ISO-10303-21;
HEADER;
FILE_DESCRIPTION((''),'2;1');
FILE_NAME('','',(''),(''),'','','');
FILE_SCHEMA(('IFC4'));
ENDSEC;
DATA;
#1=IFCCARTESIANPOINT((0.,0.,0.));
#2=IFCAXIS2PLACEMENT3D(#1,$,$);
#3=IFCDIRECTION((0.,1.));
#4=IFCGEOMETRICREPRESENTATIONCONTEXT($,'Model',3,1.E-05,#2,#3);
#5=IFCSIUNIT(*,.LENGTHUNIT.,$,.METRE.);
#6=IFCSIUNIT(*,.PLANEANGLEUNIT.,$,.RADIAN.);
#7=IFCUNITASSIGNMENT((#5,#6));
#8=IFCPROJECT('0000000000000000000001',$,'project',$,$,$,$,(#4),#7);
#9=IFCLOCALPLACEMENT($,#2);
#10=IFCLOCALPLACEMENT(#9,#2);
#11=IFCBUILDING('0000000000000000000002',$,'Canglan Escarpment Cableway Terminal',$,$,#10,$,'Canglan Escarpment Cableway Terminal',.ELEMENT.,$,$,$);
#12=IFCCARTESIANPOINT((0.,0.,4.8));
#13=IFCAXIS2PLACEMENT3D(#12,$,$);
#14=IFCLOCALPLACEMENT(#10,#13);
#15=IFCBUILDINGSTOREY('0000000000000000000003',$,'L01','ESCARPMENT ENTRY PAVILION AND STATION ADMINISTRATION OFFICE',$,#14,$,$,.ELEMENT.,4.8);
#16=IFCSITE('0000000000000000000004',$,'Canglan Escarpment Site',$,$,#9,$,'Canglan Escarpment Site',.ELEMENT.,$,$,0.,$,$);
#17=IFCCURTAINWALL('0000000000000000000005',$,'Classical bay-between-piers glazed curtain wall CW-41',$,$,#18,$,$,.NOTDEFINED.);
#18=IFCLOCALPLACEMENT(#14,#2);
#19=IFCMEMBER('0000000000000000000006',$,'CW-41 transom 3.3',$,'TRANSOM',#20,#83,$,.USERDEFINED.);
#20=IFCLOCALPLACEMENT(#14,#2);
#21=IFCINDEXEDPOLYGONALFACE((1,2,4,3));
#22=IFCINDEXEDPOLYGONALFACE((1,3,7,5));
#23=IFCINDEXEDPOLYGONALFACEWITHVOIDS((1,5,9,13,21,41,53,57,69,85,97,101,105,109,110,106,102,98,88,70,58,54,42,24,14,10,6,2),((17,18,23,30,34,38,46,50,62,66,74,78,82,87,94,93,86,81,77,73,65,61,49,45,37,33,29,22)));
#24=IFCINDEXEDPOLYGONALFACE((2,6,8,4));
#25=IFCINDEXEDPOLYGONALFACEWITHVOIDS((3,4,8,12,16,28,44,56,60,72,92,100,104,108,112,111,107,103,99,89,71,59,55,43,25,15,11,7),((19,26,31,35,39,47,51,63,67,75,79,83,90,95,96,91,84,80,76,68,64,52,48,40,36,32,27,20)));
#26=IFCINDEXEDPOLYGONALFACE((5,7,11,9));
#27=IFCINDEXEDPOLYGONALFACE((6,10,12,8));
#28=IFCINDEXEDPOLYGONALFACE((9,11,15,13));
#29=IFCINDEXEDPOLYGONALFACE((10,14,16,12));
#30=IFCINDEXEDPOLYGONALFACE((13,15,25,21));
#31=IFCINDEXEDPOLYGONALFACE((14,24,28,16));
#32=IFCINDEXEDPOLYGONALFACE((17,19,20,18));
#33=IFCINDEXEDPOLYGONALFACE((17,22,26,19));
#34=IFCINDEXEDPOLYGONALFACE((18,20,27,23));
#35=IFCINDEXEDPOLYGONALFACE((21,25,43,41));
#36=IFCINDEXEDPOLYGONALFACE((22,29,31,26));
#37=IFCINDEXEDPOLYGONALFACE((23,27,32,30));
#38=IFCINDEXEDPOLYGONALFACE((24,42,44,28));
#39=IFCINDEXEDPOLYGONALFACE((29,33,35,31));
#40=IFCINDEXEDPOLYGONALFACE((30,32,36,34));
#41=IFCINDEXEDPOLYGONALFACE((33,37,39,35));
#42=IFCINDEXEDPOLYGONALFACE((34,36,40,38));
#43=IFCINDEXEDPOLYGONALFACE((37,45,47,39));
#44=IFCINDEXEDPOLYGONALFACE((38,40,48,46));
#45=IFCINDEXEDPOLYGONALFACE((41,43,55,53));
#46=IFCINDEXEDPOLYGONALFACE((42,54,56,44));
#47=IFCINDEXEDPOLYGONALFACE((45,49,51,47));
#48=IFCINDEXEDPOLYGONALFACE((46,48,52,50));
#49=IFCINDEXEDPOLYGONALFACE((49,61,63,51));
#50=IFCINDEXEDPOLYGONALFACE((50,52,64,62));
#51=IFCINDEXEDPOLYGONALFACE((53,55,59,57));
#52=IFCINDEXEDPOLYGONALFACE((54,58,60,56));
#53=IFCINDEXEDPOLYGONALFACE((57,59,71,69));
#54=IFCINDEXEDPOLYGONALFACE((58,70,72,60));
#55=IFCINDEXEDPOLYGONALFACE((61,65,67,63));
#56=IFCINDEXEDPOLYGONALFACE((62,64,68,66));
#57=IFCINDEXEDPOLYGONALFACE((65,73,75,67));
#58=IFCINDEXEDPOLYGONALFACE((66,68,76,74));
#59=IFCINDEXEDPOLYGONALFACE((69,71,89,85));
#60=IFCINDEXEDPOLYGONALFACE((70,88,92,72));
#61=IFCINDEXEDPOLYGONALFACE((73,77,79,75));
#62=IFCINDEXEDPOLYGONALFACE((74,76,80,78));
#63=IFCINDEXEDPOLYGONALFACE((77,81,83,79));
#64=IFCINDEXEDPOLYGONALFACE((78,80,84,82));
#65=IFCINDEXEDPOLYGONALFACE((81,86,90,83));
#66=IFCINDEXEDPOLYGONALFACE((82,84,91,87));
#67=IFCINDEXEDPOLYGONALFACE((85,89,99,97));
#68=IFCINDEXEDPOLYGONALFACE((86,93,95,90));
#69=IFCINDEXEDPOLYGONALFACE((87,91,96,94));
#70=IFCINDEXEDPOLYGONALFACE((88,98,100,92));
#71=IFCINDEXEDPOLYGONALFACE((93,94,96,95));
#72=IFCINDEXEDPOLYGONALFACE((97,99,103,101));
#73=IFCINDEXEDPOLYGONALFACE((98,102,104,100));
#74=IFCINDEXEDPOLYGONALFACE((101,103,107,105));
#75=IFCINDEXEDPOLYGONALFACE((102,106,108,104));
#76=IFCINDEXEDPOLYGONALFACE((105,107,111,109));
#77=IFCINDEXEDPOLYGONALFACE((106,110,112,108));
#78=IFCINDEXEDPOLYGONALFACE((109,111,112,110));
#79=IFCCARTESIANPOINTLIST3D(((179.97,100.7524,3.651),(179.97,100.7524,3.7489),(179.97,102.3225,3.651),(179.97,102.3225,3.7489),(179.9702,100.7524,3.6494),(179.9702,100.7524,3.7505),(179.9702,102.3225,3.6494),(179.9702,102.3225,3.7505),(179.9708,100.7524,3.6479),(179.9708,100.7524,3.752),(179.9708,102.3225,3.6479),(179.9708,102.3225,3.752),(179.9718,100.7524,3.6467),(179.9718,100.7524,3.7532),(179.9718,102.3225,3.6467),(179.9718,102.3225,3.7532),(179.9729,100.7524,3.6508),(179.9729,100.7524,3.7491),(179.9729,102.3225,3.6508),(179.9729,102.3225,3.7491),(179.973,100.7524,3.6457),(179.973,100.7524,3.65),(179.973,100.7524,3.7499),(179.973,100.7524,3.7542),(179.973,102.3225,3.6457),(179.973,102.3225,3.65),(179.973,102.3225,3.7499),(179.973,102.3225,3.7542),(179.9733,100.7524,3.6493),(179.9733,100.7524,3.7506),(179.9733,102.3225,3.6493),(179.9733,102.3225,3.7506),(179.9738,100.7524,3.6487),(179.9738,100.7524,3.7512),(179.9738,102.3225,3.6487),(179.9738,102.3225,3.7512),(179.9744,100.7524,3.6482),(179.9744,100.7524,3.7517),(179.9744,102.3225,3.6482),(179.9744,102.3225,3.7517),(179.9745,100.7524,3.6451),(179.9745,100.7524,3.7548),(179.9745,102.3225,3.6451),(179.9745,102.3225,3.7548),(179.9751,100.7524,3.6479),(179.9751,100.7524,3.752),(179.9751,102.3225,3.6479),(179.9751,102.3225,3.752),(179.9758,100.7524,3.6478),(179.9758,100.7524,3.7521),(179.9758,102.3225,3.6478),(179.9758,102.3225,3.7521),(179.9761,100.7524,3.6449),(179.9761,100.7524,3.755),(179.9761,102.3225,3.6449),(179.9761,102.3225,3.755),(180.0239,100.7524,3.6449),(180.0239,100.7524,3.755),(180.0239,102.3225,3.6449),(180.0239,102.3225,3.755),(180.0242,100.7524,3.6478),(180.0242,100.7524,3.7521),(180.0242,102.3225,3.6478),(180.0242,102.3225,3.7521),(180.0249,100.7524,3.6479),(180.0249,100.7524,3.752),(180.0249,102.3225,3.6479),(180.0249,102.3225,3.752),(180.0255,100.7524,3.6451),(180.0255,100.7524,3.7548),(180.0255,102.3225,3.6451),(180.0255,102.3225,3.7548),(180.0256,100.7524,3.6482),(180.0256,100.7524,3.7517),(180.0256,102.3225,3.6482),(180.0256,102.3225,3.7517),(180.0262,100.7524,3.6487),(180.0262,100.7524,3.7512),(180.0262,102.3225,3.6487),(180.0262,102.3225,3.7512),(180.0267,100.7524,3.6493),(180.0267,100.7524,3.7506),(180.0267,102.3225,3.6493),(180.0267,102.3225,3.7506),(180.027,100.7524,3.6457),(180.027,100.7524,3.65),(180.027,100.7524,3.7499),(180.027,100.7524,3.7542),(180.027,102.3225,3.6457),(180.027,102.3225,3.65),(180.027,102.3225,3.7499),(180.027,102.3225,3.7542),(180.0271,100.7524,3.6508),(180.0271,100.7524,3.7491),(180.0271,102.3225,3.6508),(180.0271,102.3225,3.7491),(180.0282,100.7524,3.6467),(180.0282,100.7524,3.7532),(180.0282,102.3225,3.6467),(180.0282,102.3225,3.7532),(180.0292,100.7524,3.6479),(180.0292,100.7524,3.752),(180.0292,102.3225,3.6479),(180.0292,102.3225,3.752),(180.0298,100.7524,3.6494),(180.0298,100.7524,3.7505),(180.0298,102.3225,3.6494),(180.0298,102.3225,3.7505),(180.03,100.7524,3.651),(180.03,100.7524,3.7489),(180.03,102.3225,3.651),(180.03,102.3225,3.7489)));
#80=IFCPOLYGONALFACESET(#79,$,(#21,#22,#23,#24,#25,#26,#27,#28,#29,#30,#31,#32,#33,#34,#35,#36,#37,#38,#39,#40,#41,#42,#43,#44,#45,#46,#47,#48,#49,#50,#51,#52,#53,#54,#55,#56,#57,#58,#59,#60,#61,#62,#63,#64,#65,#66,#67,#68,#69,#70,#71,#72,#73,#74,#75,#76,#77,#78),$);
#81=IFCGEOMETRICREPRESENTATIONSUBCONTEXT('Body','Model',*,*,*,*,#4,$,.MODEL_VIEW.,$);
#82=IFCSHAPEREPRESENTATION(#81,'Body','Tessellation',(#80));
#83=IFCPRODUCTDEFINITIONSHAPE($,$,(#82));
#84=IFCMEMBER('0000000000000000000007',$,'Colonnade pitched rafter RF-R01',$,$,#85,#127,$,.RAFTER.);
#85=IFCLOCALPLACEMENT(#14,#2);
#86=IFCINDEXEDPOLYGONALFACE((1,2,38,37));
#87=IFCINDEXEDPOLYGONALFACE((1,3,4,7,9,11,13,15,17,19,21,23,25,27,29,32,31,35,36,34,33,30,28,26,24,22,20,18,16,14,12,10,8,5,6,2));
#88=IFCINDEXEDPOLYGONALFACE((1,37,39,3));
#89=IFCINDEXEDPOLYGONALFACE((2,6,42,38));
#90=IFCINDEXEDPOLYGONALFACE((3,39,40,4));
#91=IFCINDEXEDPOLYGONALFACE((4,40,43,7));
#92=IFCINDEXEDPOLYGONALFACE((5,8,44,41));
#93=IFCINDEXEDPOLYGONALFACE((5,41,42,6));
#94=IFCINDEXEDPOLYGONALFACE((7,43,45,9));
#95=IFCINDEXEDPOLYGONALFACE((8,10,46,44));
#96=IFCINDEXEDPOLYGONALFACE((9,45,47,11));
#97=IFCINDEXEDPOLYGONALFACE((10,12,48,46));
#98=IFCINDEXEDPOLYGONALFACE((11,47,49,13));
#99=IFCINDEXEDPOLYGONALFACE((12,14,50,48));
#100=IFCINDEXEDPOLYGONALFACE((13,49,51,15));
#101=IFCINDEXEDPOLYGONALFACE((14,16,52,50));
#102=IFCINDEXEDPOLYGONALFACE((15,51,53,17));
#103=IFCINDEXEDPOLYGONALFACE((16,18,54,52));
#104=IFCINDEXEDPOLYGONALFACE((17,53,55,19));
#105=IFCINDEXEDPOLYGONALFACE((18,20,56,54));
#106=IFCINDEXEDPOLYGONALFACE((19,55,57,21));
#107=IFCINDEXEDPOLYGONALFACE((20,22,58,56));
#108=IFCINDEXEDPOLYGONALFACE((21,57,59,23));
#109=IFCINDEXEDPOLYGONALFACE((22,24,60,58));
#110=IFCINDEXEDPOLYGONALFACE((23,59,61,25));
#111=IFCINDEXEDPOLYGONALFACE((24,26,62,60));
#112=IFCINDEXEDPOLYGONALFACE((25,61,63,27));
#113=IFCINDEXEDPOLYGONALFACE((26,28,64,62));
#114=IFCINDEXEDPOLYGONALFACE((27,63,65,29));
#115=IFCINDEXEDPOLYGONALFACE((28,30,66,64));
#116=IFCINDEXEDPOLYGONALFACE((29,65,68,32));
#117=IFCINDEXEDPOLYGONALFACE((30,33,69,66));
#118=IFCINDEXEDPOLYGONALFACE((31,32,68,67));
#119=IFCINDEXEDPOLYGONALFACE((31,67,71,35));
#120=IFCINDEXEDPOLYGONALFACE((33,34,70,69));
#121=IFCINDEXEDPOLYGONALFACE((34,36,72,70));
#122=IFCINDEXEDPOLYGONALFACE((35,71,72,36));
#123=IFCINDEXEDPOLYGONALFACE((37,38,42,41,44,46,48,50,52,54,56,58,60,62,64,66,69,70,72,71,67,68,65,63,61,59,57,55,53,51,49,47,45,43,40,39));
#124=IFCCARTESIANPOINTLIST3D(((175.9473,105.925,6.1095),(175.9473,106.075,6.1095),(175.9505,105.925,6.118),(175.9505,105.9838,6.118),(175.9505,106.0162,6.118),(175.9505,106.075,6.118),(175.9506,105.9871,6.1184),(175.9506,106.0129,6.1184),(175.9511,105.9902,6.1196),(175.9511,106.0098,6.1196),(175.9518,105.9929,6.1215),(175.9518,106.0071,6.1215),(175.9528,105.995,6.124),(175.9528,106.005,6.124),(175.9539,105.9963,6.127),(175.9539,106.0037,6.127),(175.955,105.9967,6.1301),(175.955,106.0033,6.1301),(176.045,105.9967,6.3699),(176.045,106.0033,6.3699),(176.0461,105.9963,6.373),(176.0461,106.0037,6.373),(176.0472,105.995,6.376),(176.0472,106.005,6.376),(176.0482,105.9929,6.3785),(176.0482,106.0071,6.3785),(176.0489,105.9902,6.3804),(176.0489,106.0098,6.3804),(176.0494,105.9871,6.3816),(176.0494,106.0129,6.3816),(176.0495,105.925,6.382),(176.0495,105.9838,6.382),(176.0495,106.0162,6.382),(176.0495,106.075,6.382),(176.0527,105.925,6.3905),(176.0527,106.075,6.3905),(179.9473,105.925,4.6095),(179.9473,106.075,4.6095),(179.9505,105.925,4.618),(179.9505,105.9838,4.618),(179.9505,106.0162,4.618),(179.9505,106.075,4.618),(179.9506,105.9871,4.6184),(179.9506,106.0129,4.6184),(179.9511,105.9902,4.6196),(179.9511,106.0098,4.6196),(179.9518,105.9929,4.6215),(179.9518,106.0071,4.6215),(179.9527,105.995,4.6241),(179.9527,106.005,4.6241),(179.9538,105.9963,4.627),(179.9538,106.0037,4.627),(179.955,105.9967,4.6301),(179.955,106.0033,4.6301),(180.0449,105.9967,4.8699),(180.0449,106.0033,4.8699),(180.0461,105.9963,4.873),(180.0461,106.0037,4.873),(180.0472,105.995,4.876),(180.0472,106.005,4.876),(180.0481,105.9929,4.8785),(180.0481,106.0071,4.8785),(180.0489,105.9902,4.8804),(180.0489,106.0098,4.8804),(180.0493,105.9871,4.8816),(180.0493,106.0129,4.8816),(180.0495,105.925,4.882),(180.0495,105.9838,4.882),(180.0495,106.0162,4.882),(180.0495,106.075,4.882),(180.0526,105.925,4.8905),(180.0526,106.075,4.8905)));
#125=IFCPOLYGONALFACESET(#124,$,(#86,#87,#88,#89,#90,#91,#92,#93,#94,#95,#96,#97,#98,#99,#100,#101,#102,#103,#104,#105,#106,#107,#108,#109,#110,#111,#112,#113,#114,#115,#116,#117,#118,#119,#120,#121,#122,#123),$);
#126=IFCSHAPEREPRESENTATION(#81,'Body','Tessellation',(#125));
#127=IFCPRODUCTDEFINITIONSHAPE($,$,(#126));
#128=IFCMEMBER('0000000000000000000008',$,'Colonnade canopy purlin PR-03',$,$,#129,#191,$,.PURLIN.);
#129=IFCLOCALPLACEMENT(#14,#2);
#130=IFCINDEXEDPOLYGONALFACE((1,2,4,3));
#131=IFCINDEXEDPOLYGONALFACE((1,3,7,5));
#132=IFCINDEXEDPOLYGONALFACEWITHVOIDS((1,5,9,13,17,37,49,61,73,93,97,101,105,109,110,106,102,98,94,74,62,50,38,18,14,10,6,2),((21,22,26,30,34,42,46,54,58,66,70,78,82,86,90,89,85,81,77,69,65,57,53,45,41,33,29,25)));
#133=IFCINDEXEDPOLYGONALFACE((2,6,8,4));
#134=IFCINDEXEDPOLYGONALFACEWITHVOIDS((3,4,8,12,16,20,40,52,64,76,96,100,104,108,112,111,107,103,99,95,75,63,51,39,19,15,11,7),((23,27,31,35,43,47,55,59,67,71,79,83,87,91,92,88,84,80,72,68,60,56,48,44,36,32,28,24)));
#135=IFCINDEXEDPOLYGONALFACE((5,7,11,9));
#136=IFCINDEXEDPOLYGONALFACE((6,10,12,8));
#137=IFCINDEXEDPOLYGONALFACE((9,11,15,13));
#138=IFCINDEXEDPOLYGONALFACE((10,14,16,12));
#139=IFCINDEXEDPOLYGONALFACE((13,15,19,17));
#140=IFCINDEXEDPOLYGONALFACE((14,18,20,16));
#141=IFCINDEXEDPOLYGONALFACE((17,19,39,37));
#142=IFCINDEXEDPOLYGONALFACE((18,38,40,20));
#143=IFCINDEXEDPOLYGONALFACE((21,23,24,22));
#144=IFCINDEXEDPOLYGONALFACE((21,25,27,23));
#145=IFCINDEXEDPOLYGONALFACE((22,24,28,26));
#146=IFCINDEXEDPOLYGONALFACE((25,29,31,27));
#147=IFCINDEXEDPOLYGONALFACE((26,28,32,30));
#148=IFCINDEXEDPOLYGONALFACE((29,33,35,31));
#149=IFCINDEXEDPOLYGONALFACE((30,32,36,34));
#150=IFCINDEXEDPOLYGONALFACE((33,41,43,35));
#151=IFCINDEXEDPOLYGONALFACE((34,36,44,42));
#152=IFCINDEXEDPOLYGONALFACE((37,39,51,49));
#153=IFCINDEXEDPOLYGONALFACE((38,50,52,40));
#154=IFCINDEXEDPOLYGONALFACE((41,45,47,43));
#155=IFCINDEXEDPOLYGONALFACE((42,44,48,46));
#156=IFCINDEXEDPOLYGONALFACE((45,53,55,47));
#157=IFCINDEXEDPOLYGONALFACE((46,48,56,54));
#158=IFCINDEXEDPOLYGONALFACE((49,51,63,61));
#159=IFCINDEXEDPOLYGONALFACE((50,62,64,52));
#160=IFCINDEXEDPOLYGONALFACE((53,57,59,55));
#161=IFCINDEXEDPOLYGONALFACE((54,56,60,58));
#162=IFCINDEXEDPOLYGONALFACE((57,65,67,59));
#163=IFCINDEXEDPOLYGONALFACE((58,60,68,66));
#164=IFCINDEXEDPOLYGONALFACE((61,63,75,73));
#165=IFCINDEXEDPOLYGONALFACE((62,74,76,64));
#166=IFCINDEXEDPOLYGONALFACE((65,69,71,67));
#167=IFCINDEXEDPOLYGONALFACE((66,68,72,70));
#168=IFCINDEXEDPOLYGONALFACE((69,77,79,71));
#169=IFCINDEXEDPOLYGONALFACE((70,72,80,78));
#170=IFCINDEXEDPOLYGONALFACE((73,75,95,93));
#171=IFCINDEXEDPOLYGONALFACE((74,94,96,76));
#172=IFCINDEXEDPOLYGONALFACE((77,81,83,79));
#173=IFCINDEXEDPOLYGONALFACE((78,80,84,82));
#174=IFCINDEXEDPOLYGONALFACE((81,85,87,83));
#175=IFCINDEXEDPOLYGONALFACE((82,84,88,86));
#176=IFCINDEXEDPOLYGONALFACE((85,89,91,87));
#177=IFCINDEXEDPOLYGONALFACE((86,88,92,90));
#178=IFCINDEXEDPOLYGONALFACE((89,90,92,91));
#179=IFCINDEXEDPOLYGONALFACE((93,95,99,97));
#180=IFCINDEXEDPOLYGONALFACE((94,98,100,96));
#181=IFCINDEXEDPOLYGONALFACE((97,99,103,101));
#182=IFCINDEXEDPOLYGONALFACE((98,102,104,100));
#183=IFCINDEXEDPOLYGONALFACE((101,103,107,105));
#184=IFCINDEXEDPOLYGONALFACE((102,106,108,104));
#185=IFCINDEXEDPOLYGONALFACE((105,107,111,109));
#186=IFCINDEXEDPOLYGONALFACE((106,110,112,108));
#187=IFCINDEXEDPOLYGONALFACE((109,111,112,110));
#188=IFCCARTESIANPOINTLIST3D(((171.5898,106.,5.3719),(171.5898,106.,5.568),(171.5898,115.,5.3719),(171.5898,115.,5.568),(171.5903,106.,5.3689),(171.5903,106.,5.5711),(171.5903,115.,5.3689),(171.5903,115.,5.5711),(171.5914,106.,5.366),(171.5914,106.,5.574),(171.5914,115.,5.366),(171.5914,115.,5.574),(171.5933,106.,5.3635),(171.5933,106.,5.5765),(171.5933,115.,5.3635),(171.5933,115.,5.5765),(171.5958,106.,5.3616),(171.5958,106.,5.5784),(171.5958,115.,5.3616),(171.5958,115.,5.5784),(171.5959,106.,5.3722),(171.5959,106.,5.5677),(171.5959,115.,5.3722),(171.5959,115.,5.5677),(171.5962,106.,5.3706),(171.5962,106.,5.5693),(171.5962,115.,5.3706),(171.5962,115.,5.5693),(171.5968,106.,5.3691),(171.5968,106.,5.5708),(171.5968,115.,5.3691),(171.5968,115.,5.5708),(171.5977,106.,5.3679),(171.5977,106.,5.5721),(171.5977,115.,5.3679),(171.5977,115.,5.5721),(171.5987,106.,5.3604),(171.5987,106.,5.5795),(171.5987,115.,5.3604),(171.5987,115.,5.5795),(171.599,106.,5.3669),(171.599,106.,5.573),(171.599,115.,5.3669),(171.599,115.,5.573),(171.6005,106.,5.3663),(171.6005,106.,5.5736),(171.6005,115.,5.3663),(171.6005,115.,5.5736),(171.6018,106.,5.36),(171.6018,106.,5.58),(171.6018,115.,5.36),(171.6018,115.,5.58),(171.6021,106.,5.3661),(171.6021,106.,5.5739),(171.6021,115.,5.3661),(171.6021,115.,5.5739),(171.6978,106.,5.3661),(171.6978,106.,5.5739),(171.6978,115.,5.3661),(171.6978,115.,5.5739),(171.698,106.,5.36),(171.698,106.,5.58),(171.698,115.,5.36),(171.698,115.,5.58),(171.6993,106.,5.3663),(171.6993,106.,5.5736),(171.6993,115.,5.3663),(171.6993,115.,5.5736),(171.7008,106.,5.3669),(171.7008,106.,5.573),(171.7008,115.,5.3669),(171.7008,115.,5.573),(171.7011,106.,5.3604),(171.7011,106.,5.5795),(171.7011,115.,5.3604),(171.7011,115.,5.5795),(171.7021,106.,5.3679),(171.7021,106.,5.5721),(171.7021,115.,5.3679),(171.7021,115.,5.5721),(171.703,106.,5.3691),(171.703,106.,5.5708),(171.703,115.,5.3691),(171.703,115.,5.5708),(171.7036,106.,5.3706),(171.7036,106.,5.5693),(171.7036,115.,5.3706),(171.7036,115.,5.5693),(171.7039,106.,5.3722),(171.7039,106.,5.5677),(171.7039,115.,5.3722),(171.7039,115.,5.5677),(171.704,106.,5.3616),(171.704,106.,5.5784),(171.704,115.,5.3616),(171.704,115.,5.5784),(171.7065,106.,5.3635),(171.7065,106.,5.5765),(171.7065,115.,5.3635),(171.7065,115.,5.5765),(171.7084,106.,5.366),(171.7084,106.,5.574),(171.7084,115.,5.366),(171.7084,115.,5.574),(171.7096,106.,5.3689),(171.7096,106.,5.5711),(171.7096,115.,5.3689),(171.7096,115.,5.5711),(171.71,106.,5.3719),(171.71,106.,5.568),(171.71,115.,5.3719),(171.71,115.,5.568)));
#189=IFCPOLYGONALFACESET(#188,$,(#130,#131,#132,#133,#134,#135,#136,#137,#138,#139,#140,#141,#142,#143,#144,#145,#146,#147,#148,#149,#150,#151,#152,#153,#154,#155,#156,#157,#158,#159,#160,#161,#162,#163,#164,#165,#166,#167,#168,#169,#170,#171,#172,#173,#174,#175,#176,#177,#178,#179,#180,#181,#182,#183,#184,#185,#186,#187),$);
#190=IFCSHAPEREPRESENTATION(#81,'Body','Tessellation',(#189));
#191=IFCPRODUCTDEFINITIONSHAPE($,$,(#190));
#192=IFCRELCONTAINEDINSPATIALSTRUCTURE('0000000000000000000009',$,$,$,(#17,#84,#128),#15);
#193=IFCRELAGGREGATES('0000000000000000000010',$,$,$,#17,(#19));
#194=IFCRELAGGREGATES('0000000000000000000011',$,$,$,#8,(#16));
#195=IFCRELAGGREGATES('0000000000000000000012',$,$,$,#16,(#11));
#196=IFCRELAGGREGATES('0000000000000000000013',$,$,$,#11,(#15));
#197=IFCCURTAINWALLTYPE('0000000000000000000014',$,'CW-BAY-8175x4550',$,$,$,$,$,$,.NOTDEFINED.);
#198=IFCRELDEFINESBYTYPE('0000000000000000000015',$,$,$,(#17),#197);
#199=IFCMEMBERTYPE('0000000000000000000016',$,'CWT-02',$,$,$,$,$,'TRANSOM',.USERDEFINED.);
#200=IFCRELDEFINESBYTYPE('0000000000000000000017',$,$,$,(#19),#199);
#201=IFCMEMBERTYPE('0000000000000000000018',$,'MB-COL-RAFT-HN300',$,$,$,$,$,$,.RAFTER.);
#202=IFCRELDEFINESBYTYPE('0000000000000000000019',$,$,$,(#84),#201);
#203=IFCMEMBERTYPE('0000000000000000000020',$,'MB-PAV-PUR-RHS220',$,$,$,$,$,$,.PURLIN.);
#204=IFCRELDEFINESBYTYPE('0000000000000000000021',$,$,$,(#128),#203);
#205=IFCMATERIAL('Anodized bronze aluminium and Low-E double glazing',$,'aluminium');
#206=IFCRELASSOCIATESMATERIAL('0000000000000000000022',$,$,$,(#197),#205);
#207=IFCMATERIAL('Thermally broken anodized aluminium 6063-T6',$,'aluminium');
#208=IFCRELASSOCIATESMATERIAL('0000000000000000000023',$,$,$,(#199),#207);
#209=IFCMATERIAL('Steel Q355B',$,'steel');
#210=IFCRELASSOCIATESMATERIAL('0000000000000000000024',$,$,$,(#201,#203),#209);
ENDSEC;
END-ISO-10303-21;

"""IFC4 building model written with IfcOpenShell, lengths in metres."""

from ifc_helpers import new_model, si_unit, direction, frame, origin, origin_2d, place, context, subcontext, project, spatial, hollow_rectangle, i_section, extrude, material, material_profile, profile_set, type_object, element, aggregate, save


model = new_model("IFC4")

# Units and contexts
model_context = context("Model", 3, precision=1e-05, world=origin(), true_north=direction((0.0, 1.0)))
body_context = subcontext(model_context, "Body", "Model", "MODEL_VIEW")
ifc_project = project(units=[si_unit("LENGTHUNIT", "METRE"), si_unit("PLANEANGLEUNIT", "RADIAN")], contexts=[model_context])

# Site, building, storey
site_placement = place(None, origin())
site = spatial("IfcSite", under=ifc_project, at=site_placement, Name="Canglan Escarpment Site", LongName="Canglan Escarpment Site", CompositionType="ELEMENT", RefElevation=0.0)
building_placement = place(site_placement, origin())
building = spatial("IfcBuilding", under=site, at=building_placement, Name="Canglan Escarpment Cableway Terminal", LongName="Canglan Escarpment Cableway Terminal", CompositionType="ELEMENT")
storey_placement = place(building_placement, frame((0.0, 0.0, 4.8)))
storey = spatial("IfcBuildingStorey", under=building, at=storey_placement, Name="L01", Description="ESCARPMENT ENTRY PAVILION AND STATION ADMINISTRATION OFFICE", CompositionType="ELEMENT", Elevation=4.8)

# Curtain wall, member
ifc_material_1 = material(Name="Anodized bronze aluminium and Low-E double glazing", Category="aluminium")
curtain_wall_type = type_object("IfcCurtainWallType", Name="CW-BAY-8175x4550", PredefinedType="NOTDEFINED", material=ifc_material_1)
curtain_wall_placement = place(storey_placement, origin())
curtain_wall = element("IfcCurtainWall", 1, at=curtain_wall_placement, inside=storey, type_object=curtain_wall_type, Name="Classical bay-between-piers glazed curtain wall CW-41", PredefinedType="NOTDEFINED")
ifc_material_2 = material(Name="Thermally broken anodized aluminium 6063-T6", Category="aluminium")
ifc_material_profile_1 = material_profile(ifc_material_2, hollow_rectangle(XDim=0.0601, YDim=0.1101, WallThickness=0.0029, InnerFilletRadius=0.0029, OuterFilletRadius=0.0061, at=origin_2d()), Name="ALU-TRAN 60x110x3")
ifc_profile_set_1 = profile_set([ifc_material_profile_1], Name="Thermally broken anodized aluminium 6063-T6")
member_type_1 = type_object("IfcMemberType", Name="CWT-02", ElementType="TRANSOM", PredefinedType="USERDEFINED", material=ifc_profile_set_1)
member_1_placement = place(storey_placement, frame((180.0, 100.7524, 3.7), z_axis=(0.0, 1.0, 0.0), x_axis=(-1.0, 0.0, 0.0)))
member_1 = element("IfcMember", 2, at=member_1_placement, type_object=member_type_1, Name="CW-41 transom 3.3", ObjectType="TRANSOM", PredefinedType="USERDEFINED", context=body_context, shape_type="SweptSolid", body=[
    extrude(hollow_rectangle(XDim=0.0601, YDim=0.1101, WallThickness=0.0029, InnerFilletRadius=0.0029, OuterFilletRadius=0.0061, at=origin_2d()), origin(), (0.0, 0.0, 1.0), 1.5701),
])
aggregate(curtain_wall, [member_1])

# Members
ifc_material_3 = material(Name="Steel Q355B", Category="steel")
ifc_material_profile_2 = material_profile(ifc_material_3, i_section(OverallWidth=0.1499, OverallDepth=0.3, WebThickness=0.0066, FlangeThickness=0.009, FilletRadius=0.0129, at=origin_2d()), Name="HN 300x150x6.5x9")
ifc_profile_set_2 = profile_set([ifc_material_profile_2], Name="Steel Q355B")
member_type_2 = type_object("IfcMemberType", Name="MB-COL-RAFT-HN300", PredefinedType="RAFTER", material=ifc_profile_set_2)
member_2_placement = place(storey_placement, frame((176.0, 106.0, 6.25), z_axis=(0.936329, 0.0, -0.351123), x_axis=(0.0, 1.0, 0.0)))
element("IfcMember", 3, at=member_2_placement, inside=storey, type_object=member_type_2, Name="Colonnade pitched rafter RF-R01", PredefinedType="RAFTER", context=body_context, shape_type="SweptSolid", body=[
    extrude(i_section(OverallWidth=0.1499, OverallDepth=0.3, WebThickness=0.0066, FlangeThickness=0.009, FilletRadius=0.0129, at=origin_2d()), origin(), (0.0, 0.0, 1.0), 4.272),
])
ifc_material_profile_3 = material_profile(ifc_material_3, hollow_rectangle(XDim=0.1201, YDim=0.22, WallThickness=0.0061, InnerFilletRadius=0.0061, OuterFilletRadius=0.012, at=origin_2d()), Name="RHS 220x120x6")
ifc_profile_set_3 = profile_set([ifc_material_profile_3], Name="Steel Q355B")
member_type_3 = type_object("IfcMemberType", Name="MB-PAV-PUR-RHS220", PredefinedType="PURLIN", material=ifc_profile_set_3)
for number, where, z_axis, x_axis, name in (
    (4, (171.6499, 106.0, 5.47), (0.0, 1.0, 0.0), (-1.0, 0.0, 0.0), "Colonnade canopy purlin PR-03"),
):
    element("IfcMember", number, at=place(storey_placement, frame(where, z_axis=z_axis, x_axis=x_axis)), inside=storey, type_object=member_type_3, Name=name, PredefinedType="PURLIN", context=body_context, shape_type="SweptSolid", body=[
        extrude(hollow_rectangle(XDim=0.1201, YDim=0.22, WallThickness=0.0061, InnerFilletRadius=0.0061, OuterFilletRadius=0.012, at=origin_2d()), origin(), (0.0, 0.0, 1.0), 9.0),
    ])

save(model, "model.ifc")
